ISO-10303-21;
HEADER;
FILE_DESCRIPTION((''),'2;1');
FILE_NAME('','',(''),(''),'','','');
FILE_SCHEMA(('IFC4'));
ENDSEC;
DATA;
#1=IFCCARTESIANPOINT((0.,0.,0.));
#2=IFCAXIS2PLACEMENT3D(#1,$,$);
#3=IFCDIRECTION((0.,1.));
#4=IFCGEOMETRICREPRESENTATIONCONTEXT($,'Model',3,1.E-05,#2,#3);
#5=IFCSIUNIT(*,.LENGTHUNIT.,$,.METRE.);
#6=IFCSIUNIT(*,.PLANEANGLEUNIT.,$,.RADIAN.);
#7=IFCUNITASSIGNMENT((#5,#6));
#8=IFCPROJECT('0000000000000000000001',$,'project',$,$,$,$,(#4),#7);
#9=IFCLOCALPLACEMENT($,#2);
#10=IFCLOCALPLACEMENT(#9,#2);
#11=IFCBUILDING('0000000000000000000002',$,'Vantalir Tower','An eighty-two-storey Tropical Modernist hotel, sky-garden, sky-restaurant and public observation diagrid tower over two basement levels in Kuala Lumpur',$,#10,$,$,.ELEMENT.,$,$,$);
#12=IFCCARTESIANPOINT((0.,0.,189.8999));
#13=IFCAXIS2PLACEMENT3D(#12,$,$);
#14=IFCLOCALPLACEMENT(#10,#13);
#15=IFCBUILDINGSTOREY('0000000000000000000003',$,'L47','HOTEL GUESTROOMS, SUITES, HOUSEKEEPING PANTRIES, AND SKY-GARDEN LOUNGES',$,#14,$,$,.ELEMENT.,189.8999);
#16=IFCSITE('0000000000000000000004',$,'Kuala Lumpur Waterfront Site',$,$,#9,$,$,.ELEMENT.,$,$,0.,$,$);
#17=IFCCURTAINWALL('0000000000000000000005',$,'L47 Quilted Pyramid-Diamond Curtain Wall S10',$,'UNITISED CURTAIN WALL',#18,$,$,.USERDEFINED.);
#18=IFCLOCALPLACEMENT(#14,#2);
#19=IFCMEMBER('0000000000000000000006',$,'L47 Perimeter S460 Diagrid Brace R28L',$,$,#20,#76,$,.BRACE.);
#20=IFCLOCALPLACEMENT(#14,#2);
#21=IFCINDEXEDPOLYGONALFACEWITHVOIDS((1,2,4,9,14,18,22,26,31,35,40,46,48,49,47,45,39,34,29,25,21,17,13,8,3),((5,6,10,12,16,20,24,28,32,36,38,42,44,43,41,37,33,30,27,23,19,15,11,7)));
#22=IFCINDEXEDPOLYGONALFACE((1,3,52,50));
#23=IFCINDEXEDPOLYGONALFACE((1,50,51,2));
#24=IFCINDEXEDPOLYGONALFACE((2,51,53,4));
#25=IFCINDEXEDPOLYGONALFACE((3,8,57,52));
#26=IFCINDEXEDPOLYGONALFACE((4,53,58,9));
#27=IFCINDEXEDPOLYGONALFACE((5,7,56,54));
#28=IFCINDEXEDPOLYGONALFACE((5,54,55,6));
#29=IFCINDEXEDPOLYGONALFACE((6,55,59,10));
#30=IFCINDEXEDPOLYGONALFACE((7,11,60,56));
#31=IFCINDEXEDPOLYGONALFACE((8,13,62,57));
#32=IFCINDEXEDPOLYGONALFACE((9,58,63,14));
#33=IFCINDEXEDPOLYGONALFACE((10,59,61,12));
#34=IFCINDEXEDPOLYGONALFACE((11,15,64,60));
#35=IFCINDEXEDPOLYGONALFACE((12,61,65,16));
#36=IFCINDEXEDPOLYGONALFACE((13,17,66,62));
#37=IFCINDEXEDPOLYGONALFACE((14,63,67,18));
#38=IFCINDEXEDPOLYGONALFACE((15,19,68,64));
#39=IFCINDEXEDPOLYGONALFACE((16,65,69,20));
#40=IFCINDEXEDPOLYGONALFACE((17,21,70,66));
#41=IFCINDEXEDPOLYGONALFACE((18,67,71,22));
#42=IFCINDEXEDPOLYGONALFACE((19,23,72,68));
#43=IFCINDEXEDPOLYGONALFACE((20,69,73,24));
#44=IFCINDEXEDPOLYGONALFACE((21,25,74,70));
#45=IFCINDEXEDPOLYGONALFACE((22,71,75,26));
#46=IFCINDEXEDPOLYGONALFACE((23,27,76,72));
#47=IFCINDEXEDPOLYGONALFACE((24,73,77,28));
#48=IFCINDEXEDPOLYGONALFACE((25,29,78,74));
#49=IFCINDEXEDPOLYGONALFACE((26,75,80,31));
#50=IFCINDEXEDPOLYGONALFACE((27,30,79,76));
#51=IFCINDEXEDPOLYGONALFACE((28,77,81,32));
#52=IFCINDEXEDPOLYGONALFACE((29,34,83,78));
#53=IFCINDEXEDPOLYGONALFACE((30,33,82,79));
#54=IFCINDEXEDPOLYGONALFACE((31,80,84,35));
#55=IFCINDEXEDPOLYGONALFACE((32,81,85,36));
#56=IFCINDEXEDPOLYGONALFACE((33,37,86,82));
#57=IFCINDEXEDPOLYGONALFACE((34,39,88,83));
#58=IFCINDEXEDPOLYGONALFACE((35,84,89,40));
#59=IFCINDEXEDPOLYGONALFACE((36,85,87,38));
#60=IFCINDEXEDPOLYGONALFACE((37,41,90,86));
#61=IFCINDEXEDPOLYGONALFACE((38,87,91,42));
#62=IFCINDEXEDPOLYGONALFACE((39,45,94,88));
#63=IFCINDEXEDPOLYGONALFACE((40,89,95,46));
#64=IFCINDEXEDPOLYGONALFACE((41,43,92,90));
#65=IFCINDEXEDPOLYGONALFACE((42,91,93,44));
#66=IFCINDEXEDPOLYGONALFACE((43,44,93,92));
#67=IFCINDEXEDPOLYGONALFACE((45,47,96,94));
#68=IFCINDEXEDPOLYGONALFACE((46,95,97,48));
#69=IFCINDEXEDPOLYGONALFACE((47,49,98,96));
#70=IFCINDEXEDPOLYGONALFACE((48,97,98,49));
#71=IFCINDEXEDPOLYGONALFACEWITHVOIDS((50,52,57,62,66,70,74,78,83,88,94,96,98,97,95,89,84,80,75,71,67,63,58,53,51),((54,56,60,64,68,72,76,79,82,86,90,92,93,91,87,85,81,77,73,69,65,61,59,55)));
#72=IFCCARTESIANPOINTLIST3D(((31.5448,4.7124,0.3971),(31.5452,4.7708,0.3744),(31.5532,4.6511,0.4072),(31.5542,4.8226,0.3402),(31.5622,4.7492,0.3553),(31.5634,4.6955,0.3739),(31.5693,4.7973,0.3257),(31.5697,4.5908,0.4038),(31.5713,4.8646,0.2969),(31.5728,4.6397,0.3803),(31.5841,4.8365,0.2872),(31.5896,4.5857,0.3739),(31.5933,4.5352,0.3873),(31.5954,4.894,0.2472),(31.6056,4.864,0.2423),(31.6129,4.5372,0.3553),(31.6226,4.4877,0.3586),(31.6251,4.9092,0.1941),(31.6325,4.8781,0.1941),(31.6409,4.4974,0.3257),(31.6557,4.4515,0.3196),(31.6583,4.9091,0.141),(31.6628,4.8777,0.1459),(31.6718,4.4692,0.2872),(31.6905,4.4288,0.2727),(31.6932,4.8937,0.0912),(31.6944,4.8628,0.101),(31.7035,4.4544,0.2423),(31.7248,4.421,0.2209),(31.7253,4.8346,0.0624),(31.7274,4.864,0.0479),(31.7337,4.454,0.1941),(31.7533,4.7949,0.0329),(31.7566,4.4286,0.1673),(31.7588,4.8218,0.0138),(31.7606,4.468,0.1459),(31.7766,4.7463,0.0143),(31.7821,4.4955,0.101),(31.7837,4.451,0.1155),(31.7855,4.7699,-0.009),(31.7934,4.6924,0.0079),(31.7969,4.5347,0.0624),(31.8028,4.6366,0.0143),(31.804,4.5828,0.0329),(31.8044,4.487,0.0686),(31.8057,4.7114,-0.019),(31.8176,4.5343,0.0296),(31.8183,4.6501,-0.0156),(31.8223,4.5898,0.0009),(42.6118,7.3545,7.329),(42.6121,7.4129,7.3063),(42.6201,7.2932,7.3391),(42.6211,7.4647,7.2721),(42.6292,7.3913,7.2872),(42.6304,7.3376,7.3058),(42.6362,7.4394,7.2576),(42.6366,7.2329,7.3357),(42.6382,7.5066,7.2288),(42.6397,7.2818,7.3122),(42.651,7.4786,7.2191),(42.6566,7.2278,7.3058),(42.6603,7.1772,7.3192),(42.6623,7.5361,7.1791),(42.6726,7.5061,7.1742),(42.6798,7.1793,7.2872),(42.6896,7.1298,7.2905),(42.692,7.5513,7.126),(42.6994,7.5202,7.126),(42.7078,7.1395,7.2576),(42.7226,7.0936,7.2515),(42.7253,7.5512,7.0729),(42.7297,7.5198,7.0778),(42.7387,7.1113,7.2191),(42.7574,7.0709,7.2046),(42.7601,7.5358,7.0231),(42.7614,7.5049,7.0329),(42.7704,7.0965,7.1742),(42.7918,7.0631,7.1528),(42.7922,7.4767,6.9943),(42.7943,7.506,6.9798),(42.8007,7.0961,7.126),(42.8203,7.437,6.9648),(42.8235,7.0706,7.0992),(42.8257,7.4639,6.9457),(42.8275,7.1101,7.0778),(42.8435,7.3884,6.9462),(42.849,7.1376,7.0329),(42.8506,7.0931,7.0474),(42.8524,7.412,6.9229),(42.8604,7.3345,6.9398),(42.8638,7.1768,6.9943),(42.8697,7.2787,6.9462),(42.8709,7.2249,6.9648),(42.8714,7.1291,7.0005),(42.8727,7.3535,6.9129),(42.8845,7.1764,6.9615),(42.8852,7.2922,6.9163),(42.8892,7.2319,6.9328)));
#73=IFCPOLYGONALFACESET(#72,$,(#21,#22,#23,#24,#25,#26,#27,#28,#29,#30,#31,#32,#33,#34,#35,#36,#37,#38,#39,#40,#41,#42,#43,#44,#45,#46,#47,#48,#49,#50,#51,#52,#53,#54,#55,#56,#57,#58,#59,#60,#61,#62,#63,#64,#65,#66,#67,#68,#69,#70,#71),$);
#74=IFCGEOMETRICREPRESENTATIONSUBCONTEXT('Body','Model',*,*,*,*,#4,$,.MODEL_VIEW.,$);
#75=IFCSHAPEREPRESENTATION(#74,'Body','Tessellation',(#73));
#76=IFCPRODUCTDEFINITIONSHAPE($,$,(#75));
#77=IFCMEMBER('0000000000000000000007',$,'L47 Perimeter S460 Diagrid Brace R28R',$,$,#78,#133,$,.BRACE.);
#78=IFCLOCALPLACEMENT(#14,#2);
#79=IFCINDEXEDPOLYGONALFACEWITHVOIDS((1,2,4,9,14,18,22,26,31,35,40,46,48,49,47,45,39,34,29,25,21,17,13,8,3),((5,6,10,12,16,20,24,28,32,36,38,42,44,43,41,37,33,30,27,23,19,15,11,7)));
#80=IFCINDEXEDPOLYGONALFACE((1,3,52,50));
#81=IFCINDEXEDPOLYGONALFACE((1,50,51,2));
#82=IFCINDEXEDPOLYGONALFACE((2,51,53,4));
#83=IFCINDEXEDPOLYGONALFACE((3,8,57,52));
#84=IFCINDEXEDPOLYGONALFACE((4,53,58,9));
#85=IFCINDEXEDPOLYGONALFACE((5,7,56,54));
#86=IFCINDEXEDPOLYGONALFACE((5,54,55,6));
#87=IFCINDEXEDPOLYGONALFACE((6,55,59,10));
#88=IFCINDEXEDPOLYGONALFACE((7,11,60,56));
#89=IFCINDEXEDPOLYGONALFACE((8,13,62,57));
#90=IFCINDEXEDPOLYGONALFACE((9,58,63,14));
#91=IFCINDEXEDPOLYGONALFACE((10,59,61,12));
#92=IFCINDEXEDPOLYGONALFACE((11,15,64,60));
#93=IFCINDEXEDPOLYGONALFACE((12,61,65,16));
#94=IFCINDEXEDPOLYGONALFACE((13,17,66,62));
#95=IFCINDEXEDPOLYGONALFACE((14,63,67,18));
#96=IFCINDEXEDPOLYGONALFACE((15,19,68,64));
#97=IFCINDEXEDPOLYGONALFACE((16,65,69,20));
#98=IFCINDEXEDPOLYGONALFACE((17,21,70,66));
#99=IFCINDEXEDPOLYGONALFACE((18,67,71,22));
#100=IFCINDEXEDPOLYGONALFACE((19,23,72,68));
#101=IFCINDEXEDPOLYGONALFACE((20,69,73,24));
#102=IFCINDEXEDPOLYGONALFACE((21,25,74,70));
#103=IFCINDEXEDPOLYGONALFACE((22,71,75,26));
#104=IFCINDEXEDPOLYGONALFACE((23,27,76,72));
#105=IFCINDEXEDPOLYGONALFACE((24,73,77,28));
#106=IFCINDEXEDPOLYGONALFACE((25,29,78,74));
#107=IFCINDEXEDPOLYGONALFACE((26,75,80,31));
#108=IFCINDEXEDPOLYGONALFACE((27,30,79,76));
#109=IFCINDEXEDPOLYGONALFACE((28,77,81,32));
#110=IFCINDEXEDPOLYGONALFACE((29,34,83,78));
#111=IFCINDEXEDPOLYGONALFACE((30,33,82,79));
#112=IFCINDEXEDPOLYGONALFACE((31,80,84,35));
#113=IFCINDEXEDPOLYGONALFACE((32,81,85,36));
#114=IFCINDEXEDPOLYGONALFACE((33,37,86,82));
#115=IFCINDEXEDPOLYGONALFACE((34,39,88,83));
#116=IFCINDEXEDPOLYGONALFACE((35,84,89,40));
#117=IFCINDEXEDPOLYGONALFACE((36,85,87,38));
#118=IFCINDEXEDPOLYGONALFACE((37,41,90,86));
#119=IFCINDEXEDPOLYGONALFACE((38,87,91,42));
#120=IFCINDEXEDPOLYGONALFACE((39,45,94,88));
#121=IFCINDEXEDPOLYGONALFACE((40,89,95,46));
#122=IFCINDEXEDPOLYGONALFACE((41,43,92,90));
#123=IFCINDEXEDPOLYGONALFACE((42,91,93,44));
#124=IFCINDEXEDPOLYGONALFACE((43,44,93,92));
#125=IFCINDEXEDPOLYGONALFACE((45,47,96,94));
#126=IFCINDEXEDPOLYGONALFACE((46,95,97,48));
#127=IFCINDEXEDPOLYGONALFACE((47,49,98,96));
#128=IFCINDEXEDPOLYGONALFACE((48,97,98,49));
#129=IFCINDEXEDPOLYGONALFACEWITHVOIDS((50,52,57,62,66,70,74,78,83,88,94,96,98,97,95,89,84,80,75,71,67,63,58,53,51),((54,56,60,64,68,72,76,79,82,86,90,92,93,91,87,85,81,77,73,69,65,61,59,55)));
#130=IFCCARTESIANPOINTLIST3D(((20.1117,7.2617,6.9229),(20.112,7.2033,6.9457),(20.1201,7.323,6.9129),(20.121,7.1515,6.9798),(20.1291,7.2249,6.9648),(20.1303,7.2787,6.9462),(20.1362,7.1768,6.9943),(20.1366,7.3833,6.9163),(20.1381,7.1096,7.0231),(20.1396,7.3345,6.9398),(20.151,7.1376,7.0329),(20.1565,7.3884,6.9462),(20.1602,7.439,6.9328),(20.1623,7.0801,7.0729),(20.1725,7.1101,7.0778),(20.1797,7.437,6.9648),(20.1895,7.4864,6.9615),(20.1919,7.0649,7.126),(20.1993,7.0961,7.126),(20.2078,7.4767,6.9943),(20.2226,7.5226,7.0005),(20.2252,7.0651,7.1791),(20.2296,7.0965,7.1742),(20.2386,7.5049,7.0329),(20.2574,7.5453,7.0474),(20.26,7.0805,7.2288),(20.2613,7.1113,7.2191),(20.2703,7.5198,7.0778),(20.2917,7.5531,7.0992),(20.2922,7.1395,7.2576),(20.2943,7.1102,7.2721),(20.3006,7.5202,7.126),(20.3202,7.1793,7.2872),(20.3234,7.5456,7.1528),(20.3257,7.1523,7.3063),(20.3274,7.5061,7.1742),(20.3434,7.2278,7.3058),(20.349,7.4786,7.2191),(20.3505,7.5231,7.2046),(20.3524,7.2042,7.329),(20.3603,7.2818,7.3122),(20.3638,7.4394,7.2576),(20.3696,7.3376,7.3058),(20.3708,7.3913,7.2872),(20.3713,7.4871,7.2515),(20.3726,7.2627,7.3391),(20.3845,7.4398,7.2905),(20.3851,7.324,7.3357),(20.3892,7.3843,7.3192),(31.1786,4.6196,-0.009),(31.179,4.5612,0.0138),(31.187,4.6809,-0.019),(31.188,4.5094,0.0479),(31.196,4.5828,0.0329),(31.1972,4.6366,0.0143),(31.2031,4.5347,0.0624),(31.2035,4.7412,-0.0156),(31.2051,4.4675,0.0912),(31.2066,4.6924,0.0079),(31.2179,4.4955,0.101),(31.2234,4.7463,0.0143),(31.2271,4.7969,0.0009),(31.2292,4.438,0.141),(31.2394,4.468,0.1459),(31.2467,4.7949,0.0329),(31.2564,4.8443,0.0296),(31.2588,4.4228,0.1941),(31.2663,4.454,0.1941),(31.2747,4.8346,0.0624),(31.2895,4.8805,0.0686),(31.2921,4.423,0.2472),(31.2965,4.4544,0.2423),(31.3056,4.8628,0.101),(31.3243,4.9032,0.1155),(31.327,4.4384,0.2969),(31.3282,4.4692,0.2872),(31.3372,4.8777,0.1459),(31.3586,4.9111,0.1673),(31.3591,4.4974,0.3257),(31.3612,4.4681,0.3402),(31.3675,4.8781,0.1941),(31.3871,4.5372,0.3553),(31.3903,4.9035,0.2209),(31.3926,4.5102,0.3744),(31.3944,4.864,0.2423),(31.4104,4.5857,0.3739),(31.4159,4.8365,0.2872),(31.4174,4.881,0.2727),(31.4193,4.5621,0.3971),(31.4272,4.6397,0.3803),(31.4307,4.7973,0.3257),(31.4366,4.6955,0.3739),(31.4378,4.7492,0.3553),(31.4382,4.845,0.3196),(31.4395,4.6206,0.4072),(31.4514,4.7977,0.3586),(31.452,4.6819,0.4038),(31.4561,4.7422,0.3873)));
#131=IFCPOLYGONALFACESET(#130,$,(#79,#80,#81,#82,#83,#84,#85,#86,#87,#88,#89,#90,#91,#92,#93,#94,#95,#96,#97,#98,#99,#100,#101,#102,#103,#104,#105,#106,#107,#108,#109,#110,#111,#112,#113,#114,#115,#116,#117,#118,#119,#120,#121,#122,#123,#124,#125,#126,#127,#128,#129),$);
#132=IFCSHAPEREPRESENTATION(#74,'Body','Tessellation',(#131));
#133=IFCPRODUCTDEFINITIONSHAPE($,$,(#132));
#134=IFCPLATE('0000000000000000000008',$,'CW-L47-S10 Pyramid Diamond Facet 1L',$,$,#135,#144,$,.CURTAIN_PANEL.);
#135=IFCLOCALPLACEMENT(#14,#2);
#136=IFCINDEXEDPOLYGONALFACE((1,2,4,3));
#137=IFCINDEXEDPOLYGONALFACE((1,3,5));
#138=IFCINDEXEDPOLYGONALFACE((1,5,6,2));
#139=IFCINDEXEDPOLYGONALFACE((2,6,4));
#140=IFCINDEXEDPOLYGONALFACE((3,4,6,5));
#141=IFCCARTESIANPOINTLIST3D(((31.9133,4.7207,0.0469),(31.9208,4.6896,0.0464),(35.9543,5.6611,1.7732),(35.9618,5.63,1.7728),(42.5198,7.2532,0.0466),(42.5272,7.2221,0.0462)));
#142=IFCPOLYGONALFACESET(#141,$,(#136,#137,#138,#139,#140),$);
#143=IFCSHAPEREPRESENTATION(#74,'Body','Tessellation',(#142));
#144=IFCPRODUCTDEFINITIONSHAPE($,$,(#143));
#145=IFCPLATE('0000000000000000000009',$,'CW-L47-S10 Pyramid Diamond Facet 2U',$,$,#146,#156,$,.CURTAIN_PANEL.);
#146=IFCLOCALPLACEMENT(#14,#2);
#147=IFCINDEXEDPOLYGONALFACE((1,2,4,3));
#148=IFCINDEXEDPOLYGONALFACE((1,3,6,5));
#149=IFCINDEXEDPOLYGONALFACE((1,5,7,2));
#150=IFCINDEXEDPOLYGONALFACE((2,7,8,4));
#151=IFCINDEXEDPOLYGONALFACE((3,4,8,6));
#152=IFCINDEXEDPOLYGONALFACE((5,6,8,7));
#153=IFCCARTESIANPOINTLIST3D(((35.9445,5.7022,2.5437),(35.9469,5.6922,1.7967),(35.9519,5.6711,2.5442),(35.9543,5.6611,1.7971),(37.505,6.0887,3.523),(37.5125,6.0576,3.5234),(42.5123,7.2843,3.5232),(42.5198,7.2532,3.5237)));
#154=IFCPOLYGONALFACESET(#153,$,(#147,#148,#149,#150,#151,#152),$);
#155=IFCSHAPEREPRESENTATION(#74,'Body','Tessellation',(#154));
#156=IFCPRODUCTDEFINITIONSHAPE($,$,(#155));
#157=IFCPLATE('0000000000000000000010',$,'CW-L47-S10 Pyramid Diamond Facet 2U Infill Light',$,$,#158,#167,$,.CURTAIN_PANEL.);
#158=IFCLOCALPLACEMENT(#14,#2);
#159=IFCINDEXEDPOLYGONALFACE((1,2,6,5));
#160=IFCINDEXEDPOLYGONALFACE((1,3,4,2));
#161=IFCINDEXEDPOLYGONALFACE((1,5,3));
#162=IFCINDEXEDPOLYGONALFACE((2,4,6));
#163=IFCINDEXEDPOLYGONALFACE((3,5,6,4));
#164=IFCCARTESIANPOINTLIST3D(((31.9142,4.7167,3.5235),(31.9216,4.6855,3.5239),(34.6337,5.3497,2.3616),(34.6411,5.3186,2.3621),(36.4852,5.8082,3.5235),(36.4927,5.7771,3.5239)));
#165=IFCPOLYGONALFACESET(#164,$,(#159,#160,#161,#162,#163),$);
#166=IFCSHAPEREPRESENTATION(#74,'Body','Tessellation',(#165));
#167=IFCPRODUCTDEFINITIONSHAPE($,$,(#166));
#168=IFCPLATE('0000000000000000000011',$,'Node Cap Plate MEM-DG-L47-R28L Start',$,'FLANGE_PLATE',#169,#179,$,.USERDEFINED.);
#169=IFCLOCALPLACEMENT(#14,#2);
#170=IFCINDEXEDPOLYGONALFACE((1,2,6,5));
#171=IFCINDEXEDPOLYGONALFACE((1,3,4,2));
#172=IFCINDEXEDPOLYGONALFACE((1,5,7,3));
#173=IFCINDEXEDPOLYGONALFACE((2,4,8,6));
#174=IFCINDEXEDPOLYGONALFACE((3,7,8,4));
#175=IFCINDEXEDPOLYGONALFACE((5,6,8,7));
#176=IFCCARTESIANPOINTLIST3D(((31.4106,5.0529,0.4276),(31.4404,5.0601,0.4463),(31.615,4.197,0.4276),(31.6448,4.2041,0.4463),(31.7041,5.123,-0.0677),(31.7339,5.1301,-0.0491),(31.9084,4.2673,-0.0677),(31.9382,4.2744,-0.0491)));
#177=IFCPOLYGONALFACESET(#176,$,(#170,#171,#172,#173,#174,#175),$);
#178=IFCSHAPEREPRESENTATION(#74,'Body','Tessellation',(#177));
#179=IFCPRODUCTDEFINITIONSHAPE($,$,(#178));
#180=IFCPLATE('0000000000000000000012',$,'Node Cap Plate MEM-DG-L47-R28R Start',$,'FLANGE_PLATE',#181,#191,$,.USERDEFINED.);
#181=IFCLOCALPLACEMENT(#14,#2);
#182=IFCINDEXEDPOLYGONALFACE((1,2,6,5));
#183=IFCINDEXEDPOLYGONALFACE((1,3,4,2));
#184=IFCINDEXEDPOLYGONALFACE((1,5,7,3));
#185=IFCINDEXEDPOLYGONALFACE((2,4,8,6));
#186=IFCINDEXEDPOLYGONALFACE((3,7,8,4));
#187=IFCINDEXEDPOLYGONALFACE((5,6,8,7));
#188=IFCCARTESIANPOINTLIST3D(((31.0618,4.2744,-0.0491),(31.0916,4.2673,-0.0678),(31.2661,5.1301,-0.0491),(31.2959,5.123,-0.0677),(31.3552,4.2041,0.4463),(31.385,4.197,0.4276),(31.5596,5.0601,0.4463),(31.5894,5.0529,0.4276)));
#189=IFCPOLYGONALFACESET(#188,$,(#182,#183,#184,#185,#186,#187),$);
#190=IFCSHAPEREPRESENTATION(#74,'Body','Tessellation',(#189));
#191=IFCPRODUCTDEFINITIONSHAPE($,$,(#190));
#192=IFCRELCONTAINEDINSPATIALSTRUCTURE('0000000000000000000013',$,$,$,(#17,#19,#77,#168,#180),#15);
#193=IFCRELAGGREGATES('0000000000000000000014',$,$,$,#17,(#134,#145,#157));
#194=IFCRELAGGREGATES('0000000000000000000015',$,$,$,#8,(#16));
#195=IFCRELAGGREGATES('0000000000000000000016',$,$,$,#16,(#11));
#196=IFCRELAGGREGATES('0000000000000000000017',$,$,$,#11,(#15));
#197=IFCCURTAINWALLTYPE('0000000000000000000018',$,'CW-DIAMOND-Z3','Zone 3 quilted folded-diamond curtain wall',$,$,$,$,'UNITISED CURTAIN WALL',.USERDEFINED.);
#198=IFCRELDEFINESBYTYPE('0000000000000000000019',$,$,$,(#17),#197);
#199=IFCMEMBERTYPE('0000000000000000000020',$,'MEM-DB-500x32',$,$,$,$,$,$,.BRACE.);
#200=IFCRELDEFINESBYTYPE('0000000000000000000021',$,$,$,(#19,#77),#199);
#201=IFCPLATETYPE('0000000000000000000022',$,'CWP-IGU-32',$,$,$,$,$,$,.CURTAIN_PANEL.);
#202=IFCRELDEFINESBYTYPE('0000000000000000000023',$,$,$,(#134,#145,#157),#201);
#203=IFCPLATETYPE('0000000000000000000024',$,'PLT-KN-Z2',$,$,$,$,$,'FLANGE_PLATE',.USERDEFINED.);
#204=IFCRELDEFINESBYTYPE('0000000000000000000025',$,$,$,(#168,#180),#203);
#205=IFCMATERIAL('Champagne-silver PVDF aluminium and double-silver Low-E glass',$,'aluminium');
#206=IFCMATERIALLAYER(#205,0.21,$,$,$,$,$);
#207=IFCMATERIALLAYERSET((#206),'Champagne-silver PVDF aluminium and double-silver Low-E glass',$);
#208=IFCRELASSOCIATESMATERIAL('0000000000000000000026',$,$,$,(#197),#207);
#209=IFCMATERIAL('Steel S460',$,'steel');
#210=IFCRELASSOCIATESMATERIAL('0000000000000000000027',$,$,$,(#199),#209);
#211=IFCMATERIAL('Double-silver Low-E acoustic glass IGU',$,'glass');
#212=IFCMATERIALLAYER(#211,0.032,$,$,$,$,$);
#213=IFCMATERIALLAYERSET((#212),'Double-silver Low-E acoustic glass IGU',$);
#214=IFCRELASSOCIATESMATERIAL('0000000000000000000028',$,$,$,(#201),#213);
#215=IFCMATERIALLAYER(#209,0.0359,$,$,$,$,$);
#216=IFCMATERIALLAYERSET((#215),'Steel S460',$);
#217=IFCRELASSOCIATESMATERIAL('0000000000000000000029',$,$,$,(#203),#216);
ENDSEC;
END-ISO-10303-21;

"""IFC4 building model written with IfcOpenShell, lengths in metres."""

from ifc_helpers import new_model, si_unit, direction, frame, origin, origin_2d, place, context, subcontext, project, spatial, polyline, hollow_circle, outline, extrude, material, layer, layer_set, material_profile, profile_set, type_object, element, aggregate, save


model = new_model("IFC4")

# Units and contexts
model_context = context("Model", 3, precision=1e-05, world=origin(), true_north=direction((0.0, 1.0)))
body_context = subcontext(model_context, "Body", "Model", "MODEL_VIEW")
ifc_project = project(units=[si_unit("LENGTHUNIT", "METRE"), si_unit("PLANEANGLEUNIT", "RADIAN")], contexts=[model_context])

# Site, building, storey
site_placement = place(None, origin())
site = spatial("IfcSite", under=ifc_project, at=site_placement, Name="Kuala Lumpur Waterfront Site", CompositionType="ELEMENT", RefElevation=0.0)
building_placement = place(site_placement, origin())
building = spatial("IfcBuilding", under=site, at=building_placement, Name="Vantalir Tower", Description="An eighty-two-storey Tropical Modernist hotel, sky-garden, sky-restaurant and public observation diagrid tower over two basement levels in Kuala Lumpur", CompositionType="ELEMENT")
storey_placement = place(building_placement, frame((0.0, 0.0, 189.8999)))
storey = spatial("IfcBuildingStorey", under=building, at=storey_placement, Name="L47", Description="HOTEL GUESTROOMS, SUITES, HOUSEKEEPING PANTRIES, AND SKY-GARDEN LOUNGES", CompositionType="ELEMENT", Elevation=189.8999)

# Shared definitions
ifc_material_1 = material(Name="Steel S460", Category="steel")

# Shared definitions
ifc_material_2 = material(Name="Champagne-silver PVDF aluminium and double-silver Low-E glass", Category="aluminium")
ifc_layer_1 = layer(ifc_material_2, 0.21)
ifc_layer_set_1 = layer_set([ifc_layer_1], Name="Champagne-silver PVDF aluminium and double-silver Low-E glass")
curtain_wall_type = type_object("IfcCurtainWallType", Name="CW-DIAMOND-Z3", Description="Zone 3 quilted folded-diamond curtain wall", ElementType="UNITISED CURTAIN WALL", PredefinedType="USERDEFINED", material=ifc_layer_set_1)

# Curtain wall
curtain_wall_1_placement = place(storey_placement, origin())
curtain_wall_1 = element("IfcCurtainWall", 1, at=curtain_wall_1_placement, inside=storey, type_object=curtain_wall_type, Name="L47 Quilted Pyramid-Diamond Curtain Wall S10", ObjectType="UNITISED CURTAIN WALL", PredefinedType="USERDEFINED")

# Members
ifc_material_profile_1 = material_profile(ifc_material_1, hollow_circle(Radius=0.25, WallThickness=0.032, at=origin_2d()), Name="Steel S460")
ifc_profile_set_1 = profile_set([ifc_material_profile_1], Name="Steel S460")
member_type_1 = type_object("IfcMemberType", Name="MEM-DB-500x32", PredefinedType="BRACE", material=ifc_profile_set_1)
for number, where, z_axis, x_axis, name in (
    (2, (31.6831, 4.666, 0.1941), (0.830648, 0.198307, 0.520287), (-0.232212, 0.972665, 0.0), "L47 Perimeter S460 Diagrid Brace R28L"),
    (3, (31.3169, 4.666, 0.1941), (-0.830648, 0.198307, 0.520287), (-0.232212, -0.972665, 0.0), "L47 Perimeter S460 Diagrid Brace R28R"),
):
    element("IfcMember", number, at=place(storey_placement, frame(where, z_axis=z_axis, x_axis=x_axis)), inside=storey, type_object=member_type_1, Name=name, PredefinedType="BRACE", context=body_context, shape_type="SweptSolid", body=[
        extrude(hollow_circle(Radius=0.25, WallThickness=0.032, at=origin_2d()), origin(), (0.0, 0.0, 1.0), 13.3232),
    ])

# Plates
ifc_material_3 = material(Name="Double-silver Low-E acoustic glass IGU", Category="glass")
ifc_layer_2 = layer(ifc_material_3, 0.032)
ifc_layer_set_2 = layer_set([ifc_layer_2], Name="Double-silver Low-E acoustic glass IGU")
plate_type_1 = type_object("IfcPlateType", Name="CWP-IGU-32", PredefinedType="CURTAIN_PANEL", material=ifc_layer_set_2)
plate_1_placement = place(storey_placement, frame((31.9133, 4.7207, 0.0469), z_axis=(-0.232217, 0.972567, 0.013764), x_axis=(0.972659, 0.232239, -0.000022)))
plate_1 = element("IfcPlate", 4, at=plate_1_placement, type_object=plate_type_1, Name="CW-L47-S10 Pyramid Diamond Facet 1L", PredefinedType="CURTAIN_PANEL", context=body_context, shape_type="SweptSolid", body=[
    extrude(outline(polyline([(0.0, 0.0), (10.9046, 0.0), (4.1489, -1.7266), (0.0, 0.0)])), origin(), (0.0, 0.0, -1.0), 0.032),
])
plate_2_placement = place(storey_placement, frame((37.5125, 6.0576, 3.5234), z_axis=(0.232211, -0.972568, 0.013786), x_axis=(0.97266, 0.232233, 0.000047)))
plate_2 = element("IfcPlate", 5, at=plate_2_placement, type_object=plate_type_1, Name="CW-L47-S10 Pyramid Diamond Facet 2U", PredefinedType="CURTAIN_PANEL", context=body_context, shape_type="SweptSolid", body=[
    extrude(outline(polyline([(0.0, 0.0), (5.1481, 0.0), (-1.6077, -1.7264), (-1.6077, -0.9793), (0.0, 0.0)])), origin(), (0.0, 0.0, -1.0), 0.032),
])
plate_3_placement = place(storey_placement, frame((31.9216, 4.6855, 3.5239), z_axis=(0.232245, -0.972561, 0.013685), x_axis=(0.972652, 0.232267, 0.0)))
plate_3 = element("IfcPlate", 6, at=plate_3_placement, type_object=plate_type_1, Name="CW-L47-S10 Pyramid Diamond Facet 2U Infill Light", PredefinedType="CURTAIN_PANEL", context=body_context, shape_type="SweptSolid", body=[
    extrude(outline(polyline([(0.0, 0.0), (4.6996, 0.0), (2.7921, -1.162), (0.0, 0.0)])), origin(), (0.0, 0.0, -1.0), 0.032),
])
aggregate(curtain_wall_1, [plate_1, plate_2, plate_3])

# Plates
ifc_layer_3 = layer(ifc_material_1, 0.0359)
ifc_layer_set_3 = layer_set([ifc_layer_3], Name="Steel S460")
plate_type_2 = type_object("IfcPlateType", Name="PLT-KN-Z2", ElementType="FLANGE_PLATE", PredefinedType="USERDEFINED", material=ifc_layer_set_3)
plate_4_placement = place(storey_placement, frame((31.9382, 4.2744, -0.0491), z_axis=(0.830687, 0.198341, 0.520211), x_axis=(-0.232248, 0.972657, 0.000014)))
element("IfcPlate", 7, at=plate_4_placement, inside=storey, type_object=plate_type_2, Name="Node Cap Plate MEM-DG-L47-R28L Start", ObjectType="FLANGE_PLATE", PredefinedType="USERDEFINED", context=body_context, shape_type="SweptSolid", body=[
    extrude(outline(polyline([(0.0, 0.0), (0.8798, 0.0), (0.8798, 0.58), (-0.0002, 0.58), (0.0, 0.0)])), origin(), (0.0, 0.0, -1.0), 0.0359),
])
plate_5_placement = place(storey_placement, frame((31.2661, 5.1301, -0.0491), z_axis=(-0.830687, 0.198341, 0.520211), x_axis=(-0.232248, -0.972657, -0.000014)))
element("IfcPlate", 8, at=plate_5_placement, inside=storey, type_object=plate_type_2, Name="Node Cap Plate MEM-DG-L47-R28R Start", ObjectType="FLANGE_PLATE", PredefinedType="USERDEFINED", context=body_context, shape_type="SweptSolid", body=[
    extrude(outline(polyline([(0.0, 0.0), (0.8798, 0.0), (0.88, 0.58), (0.0, 0.58), (0.0, 0.0)])), origin(), (0.0, 0.0, -1.0), 0.0359),
])

save(model, "model.ifc")
